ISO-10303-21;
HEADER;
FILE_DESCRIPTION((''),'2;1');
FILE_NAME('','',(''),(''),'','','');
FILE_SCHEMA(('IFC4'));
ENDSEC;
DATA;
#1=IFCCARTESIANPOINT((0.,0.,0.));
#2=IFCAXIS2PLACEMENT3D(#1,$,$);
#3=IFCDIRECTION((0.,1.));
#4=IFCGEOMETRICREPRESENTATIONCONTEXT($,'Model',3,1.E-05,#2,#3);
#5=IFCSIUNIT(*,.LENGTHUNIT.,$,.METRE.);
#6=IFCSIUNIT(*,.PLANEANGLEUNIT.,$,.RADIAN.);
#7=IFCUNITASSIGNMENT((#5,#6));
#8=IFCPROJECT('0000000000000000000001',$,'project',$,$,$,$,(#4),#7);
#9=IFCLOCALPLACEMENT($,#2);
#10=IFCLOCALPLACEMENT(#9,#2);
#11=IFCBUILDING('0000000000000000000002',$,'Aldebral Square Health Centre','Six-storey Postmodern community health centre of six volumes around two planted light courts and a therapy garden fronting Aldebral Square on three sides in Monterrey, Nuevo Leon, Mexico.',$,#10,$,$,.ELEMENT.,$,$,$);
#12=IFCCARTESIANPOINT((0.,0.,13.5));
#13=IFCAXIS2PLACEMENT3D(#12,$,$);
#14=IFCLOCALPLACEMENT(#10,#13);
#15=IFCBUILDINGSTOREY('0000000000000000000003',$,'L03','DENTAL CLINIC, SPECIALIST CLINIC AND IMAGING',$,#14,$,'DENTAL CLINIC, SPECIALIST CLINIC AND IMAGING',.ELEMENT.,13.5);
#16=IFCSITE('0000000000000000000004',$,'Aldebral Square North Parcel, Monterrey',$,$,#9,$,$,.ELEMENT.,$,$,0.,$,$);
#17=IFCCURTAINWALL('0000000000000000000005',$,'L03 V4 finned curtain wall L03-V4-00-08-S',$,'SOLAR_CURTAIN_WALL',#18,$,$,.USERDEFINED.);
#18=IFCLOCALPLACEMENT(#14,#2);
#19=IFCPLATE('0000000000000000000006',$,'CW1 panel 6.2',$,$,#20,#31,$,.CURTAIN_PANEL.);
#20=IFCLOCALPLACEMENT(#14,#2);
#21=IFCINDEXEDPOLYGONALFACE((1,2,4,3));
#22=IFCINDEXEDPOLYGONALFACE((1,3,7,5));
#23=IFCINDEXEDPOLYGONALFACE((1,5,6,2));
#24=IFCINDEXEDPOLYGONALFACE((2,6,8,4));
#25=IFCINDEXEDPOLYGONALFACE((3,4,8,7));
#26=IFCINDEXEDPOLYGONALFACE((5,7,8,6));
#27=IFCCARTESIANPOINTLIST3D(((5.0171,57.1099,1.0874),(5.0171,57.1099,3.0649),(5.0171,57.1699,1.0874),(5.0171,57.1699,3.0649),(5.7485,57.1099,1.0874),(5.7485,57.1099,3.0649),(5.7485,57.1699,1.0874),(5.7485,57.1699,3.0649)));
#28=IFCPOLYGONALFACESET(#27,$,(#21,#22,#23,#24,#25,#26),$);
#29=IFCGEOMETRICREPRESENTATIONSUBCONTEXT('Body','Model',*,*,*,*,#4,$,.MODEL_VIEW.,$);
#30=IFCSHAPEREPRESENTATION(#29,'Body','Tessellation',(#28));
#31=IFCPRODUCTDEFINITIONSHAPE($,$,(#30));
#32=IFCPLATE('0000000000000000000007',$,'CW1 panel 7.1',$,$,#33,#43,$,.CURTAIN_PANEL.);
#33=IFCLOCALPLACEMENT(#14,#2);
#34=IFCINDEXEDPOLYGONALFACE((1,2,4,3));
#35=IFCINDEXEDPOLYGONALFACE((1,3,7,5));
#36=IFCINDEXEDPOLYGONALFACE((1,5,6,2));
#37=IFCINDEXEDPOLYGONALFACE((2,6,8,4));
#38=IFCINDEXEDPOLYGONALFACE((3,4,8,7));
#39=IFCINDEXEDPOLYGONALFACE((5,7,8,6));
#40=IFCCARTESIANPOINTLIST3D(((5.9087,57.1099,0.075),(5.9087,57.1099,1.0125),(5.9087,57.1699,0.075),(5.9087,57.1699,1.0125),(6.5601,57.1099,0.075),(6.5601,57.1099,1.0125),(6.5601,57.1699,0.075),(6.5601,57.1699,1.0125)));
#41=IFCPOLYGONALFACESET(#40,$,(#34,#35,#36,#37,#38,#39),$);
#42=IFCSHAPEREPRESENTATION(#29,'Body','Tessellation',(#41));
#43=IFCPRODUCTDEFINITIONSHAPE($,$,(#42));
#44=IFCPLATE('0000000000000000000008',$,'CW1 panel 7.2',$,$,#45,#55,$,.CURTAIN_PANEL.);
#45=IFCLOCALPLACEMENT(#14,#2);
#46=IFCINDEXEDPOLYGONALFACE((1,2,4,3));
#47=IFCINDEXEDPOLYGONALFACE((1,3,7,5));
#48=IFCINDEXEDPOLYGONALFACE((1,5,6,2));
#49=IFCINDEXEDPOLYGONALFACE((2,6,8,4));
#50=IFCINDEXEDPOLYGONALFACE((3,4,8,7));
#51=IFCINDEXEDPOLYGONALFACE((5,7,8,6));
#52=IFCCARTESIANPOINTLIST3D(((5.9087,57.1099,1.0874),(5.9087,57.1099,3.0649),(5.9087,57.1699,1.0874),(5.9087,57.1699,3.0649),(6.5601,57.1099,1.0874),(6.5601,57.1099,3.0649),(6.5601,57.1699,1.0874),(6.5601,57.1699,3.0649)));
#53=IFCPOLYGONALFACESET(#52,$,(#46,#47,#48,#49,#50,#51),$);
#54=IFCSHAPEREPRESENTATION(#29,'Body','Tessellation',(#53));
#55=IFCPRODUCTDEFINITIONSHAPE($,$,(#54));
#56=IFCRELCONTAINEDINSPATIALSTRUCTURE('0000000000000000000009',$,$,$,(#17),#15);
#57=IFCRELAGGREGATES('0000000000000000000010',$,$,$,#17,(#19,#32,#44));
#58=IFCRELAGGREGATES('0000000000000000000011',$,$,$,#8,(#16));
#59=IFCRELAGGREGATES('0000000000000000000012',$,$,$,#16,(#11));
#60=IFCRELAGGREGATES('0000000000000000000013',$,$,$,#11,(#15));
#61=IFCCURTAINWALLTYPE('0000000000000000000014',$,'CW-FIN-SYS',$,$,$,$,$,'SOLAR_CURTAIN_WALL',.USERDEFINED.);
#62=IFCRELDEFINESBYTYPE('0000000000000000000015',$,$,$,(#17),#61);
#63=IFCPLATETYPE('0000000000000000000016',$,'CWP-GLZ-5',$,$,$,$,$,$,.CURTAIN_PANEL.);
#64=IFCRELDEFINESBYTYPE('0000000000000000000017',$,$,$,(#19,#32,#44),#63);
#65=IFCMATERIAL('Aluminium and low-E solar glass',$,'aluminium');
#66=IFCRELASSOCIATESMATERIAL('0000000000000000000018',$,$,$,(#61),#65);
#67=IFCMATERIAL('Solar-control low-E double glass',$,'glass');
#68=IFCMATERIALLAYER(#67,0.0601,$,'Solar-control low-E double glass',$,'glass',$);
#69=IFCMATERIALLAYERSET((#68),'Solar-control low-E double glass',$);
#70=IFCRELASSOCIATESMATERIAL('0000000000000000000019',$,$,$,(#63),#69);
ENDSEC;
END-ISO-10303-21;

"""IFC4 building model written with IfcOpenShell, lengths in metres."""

from ifc_helpers import new_model, si_unit, direction, frame, origin, origin_2d, place, context, subcontext, project, spatial, rectangle, extrude, material, layer, layer_set, type_object, element, aggregate, save


model = new_model("IFC4")

# Units and contexts
model_context = context("Model", 3, precision=1e-05, world=origin(), true_north=direction((0.0, 1.0)))
body_context = subcontext(model_context, "Body", "Model", "MODEL_VIEW")
ifc_project = project(units=[si_unit("LENGTHUNIT", "METRE"), si_unit("PLANEANGLEUNIT", "RADIAN")], contexts=[model_context])

# Site, building, storey
site_placement = place(None, origin())
site = spatial("IfcSite", under=ifc_project, at=site_placement, Name="Aldebral Square North Parcel, Monterrey", CompositionType="ELEMENT", RefElevation=0.0)
building_placement = place(site_placement, origin())
building = spatial("IfcBuilding", under=site, at=building_placement, Name="Aldebral Square Health Centre", Description="Six-storey Postmodern community health centre of six volumes around two planted light courts and a therapy garden fronting Aldebral Square on three sides in Monterrey, Nuevo Leon, Mexico.", CompositionType="ELEMENT")
storey_placement = place(building_placement, frame((0.0, 0.0, 13.5)))
storey = spatial("IfcBuildingStorey", under=building, at=storey_placement, Name="L03", Description="DENTAL CLINIC, SPECIALIST CLINIC AND IMAGING", LongName="DENTAL CLINIC, SPECIALIST CLINIC AND IMAGING", CompositionType="ELEMENT", Elevation=13.5)

# Curtain wall, plates
ifc_material_1 = material(Name="Aluminium and low-E solar glass", Category="aluminium")
curtain_wall_type = type_object("IfcCurtainWallType", Name="CW-FIN-SYS", ElementType="SOLAR_CURTAIN_WALL", PredefinedType="USERDEFINED", material=ifc_material_1)
curtain_wall_placement = place(storey_placement, origin())
curtain_wall = element("IfcCurtainWall", 1, at=curtain_wall_placement, inside=storey, type_object=curtain_wall_type, Name="L03 V4 finned curtain wall L03-V4-00-08-S", ObjectType="SOLAR_CURTAIN_WALL", PredefinedType="USERDEFINED")
ifc_material_2 = material(Name="Solar-control low-E double glass", Category="glass")
ifc_layer = layer(ifc_material_2, 0.0601, Name="Solar-control low-E double glass", Category="glass")
ifc_layer_set = layer_set([ifc_layer], Name="Solar-control low-E double glass")
plate_type = type_object("IfcPlateType", Name="CWP-GLZ-5", PredefinedType="CURTAIN_PANEL", material=ifc_layer_set)
plate_1_placement = place(storey_placement, frame((5.3828, 57.1399, 1.0874), z_axis=(0.0, 0.0, 1.0), x_axis=(1.0, 0.0, 0.0)))
plate_1 = element("IfcPlate", 2, at=plate_1_placement, type_object=plate_type, Name="CW1 panel 6.2", PredefinedType="CURTAIN_PANEL", context=body_context, shape_type="SweptSolid", body=[
    extrude(rectangle(XDim=0.7314, YDim=0.0601, at=origin_2d()), origin(), (0.0, 0.0, 1.0), 1.9775),
])
plate_2_placement = place(storey_placement, frame((6.2344, 57.1399, 0.075), z_axis=(0.0, 0.0, 1.0), x_axis=(1.0, 0.0, 0.0)))
plate_2 = element("IfcPlate", 3, at=plate_2_placement, type_object=plate_type, Name="CW1 panel 7.1", PredefinedType="CURTAIN_PANEL", context=body_context, shape_type="SweptSolid", body=[
    extrude(rectangle(XDim=0.6514, YDim=0.0601, at=origin_2d()), origin(), (0.0, 0.0, 1.0), 0.9375),
])
plate_3_placement = place(storey_placement, frame((6.2344, 57.1399, 1.0874), z_axis=(0.0, 0.0, 1.0), x_axis=(1.0, 0.0, 0.0)))
plate_3 = element("IfcPlate", 4, at=plate_3_placement, type_object=plate_type, Name="CW1 panel 7.2", PredefinedType="CURTAIN_PANEL", context=body_context, shape_type="SweptSolid", body=[
    extrude(rectangle(XDim=0.6514, YDim=0.0601, at=origin_2d()), origin(), (0.0, 0.0, 1.0), 1.9775),
])
aggregate(curtain_wall, [plate_1, plate_2, plate_3])

save(model, "model.ifc")
